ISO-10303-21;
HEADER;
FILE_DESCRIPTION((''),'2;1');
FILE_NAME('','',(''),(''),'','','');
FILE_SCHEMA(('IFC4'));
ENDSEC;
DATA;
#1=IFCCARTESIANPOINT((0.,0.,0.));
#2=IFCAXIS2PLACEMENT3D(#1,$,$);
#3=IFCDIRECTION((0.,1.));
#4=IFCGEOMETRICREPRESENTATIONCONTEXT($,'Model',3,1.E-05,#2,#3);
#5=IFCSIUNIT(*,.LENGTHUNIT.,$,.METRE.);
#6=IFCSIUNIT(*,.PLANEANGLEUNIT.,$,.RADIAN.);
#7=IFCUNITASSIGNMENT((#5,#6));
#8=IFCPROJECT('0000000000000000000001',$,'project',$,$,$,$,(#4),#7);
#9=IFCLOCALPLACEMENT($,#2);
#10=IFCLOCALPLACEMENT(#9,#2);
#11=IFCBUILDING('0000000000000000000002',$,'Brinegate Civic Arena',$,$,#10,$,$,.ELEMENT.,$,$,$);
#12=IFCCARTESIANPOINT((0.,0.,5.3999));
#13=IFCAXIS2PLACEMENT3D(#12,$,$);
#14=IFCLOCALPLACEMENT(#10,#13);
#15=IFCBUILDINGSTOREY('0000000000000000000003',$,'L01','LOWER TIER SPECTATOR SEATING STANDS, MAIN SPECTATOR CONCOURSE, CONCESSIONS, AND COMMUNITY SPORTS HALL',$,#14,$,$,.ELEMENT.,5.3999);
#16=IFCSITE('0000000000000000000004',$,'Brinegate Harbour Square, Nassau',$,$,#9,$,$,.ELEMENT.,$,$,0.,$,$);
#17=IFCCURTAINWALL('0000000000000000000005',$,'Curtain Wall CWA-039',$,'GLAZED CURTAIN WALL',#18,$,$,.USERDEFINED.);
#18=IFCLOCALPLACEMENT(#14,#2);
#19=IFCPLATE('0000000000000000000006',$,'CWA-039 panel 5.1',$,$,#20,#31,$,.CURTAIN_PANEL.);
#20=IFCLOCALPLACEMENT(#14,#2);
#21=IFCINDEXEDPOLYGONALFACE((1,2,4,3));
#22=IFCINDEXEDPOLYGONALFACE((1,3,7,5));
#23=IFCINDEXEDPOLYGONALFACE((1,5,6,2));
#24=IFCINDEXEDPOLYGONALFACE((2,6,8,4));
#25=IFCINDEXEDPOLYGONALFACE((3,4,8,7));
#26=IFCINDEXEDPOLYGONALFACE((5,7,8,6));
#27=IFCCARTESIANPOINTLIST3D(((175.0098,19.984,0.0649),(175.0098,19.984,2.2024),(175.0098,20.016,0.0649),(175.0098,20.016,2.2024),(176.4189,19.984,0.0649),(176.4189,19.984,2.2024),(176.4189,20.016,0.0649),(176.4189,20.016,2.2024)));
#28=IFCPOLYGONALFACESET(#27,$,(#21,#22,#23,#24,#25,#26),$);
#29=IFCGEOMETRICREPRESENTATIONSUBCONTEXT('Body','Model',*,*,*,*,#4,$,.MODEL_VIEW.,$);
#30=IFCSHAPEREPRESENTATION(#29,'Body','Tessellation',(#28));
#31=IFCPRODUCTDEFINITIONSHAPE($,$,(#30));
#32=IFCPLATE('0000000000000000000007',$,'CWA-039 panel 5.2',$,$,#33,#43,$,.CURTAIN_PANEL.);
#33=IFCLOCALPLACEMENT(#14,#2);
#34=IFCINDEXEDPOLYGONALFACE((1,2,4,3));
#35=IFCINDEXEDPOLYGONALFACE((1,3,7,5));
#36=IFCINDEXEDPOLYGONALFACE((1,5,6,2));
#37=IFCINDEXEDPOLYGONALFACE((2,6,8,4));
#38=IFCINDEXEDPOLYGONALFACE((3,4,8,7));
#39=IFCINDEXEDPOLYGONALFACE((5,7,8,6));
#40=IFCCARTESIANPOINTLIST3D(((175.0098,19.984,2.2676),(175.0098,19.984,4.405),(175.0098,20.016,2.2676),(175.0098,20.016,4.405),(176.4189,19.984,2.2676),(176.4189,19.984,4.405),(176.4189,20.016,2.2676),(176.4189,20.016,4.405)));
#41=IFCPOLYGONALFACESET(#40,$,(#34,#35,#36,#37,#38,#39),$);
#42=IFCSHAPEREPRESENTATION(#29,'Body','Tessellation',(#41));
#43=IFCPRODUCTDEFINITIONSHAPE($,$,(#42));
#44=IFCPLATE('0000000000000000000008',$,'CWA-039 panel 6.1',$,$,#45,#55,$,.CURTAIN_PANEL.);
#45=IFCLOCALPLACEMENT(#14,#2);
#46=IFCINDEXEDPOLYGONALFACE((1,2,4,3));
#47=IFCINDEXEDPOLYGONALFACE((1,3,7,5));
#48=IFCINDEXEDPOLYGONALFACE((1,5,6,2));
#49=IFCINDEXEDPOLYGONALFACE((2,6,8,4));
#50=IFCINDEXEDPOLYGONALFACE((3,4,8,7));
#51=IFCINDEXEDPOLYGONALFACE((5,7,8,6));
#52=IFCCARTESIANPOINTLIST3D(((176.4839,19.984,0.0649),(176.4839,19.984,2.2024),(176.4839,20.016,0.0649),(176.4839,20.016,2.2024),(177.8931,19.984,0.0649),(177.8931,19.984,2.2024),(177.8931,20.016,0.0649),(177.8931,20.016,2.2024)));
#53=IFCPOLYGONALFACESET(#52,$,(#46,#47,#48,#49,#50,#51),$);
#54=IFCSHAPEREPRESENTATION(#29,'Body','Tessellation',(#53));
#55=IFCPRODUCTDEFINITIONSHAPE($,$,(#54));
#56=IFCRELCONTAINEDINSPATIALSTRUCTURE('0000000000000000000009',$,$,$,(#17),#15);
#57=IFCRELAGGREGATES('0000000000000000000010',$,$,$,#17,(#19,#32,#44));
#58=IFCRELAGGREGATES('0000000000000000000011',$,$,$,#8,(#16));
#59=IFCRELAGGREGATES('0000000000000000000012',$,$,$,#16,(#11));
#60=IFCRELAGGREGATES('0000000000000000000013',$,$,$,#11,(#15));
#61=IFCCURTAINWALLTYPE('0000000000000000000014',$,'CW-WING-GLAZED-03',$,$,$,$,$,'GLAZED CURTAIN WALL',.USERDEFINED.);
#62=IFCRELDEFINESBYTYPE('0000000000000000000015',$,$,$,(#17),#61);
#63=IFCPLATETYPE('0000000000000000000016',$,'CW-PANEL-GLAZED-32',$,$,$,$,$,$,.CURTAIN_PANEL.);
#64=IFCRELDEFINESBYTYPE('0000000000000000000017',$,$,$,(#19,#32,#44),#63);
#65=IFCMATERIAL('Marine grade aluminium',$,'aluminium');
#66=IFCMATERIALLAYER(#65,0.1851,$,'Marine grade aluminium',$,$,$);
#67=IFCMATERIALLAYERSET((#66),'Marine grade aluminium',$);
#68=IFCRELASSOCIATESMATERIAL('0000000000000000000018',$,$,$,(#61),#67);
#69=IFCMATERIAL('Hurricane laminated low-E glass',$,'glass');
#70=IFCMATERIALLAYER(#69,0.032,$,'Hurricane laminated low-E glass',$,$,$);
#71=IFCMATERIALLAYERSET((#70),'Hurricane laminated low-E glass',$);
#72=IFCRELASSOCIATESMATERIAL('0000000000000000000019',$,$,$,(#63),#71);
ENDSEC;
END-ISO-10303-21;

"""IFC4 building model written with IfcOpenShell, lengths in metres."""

from ifc_helpers import new_model, si_unit, direction, frame, origin, origin_2d, place, context, subcontext, project, spatial, rectangle, extrude, material, layer, layer_set, type_object, element, aggregate, save


model = new_model("IFC4")

# Units and contexts
model_context = context("Model", 3, precision=1e-05, world=origin(), true_north=direction((0.0, 1.0)))
body_context = subcontext(model_context, "Body", "Model", "MODEL_VIEW")
ifc_project = project(units=[si_unit("LENGTHUNIT", "METRE"), si_unit("PLANEANGLEUNIT", "RADIAN")], contexts=[model_context])

# Site, building, storey
site_placement = place(None, origin())
site = spatial("IfcSite", under=ifc_project, at=site_placement, Name="Brinegate Harbour Square, Nassau", CompositionType="ELEMENT", RefElevation=0.0)
building_placement = place(site_placement, origin())
building = spatial("IfcBuilding", under=site, at=building_placement, Name="Brinegate Civic Arena", CompositionType="ELEMENT")
storey_placement = place(building_placement, frame((0.0, 0.0, 5.3999)))
storey = spatial("IfcBuildingStorey", under=building, at=storey_placement, Name="L01", Description="LOWER TIER SPECTATOR SEATING STANDS, MAIN SPECTATOR CONCOURSE, CONCESSIONS, AND COMMUNITY SPORTS HALL", CompositionType="ELEMENT", Elevation=5.3999)

# Curtain wall, plates
ifc_material_1 = material(Name="Marine grade aluminium", Category="aluminium")
ifc_layer_1 = layer(ifc_material_1, 0.1851, Name="Marine grade aluminium")
ifc_layer_set_1 = layer_set([ifc_layer_1], Name="Marine grade aluminium")
curtain_wall_type = type_object("IfcCurtainWallType", Name="CW-WING-GLAZED-03", ElementType="GLAZED CURTAIN WALL", PredefinedType="USERDEFINED", material=ifc_layer_set_1)
curtain_wall_placement = place(storey_placement, origin())
curtain_wall = element("IfcCurtainWall", 1, at=curtain_wall_placement, inside=storey, type_object=curtain_wall_type, Name="Curtain Wall CWA-039", ObjectType="GLAZED CURTAIN WALL", PredefinedType="USERDEFINED")
ifc_material_2 = material(Name="Hurricane laminated low-E glass", Category="glass")
ifc_layer_2 = layer(ifc_material_2, 0.032, Name="Hurricane laminated low-E glass")
ifc_layer_set_2 = layer_set([ifc_layer_2], Name="Hurricane laminated low-E glass")
plate_type = type_object("IfcPlateType", Name="CW-PANEL-GLAZED-32", PredefinedType="CURTAIN_PANEL", material=ifc_layer_set_2)
plate_1_placement = place(storey_placement, frame((175.7144, 20.0, 0.0649), z_axis=(0.0, 0.0, 1.0), x_axis=(1.0, 0.0, 0.0)))
plate_1 = element("IfcPlate", 2, at=plate_1_placement, type_object=plate_type, Name="CWA-039 panel 5.1", PredefinedType="CURTAIN_PANEL", context=body_context, shape_type="SweptSolid", body=[
    extrude(rectangle(XDim=1.4092, YDim=0.032, at=origin_2d()), origin(), (0.0, 0.0, 1.0), 2.1375),
])
plate_2_placement = place(storey_placement, frame((175.7144, 20.0, 2.2676), z_axis=(0.0, 0.0, 1.0), x_axis=(1.0, 0.0, 0.0)))
plate_2 = element("IfcPlate", 3, at=plate_2_placement, type_object=plate_type, Name="CWA-039 panel 5.2", PredefinedType="CURTAIN_PANEL", context=body_context, shape_type="SweptSolid", body=[
    extrude(rectangle(XDim=1.4092, YDim=0.032, at=origin_2d()), origin(), (0.0, 0.0, 1.0), 2.1375),
])
plate_3_placement = place(storey_placement, frame((177.1885, 20.0, 0.0649), z_axis=(0.0, 0.0, 1.0), x_axis=(1.0, 0.0, 0.0)))
plate_3 = element("IfcPlate", 4, at=plate_3_placement, type_object=plate_type, Name="CWA-039 panel 6.1", PredefinedType="CURTAIN_PANEL", context=body_context, shape_type="SweptSolid", body=[
    extrude(rectangle(XDim=1.4092, YDim=0.032, at=origin_2d()), origin(), (0.0, 0.0, 1.0), 2.1375),
])
aggregate(curtain_wall, [plate_1, plate_2, plate_3])

save(model, "model.ifc")
